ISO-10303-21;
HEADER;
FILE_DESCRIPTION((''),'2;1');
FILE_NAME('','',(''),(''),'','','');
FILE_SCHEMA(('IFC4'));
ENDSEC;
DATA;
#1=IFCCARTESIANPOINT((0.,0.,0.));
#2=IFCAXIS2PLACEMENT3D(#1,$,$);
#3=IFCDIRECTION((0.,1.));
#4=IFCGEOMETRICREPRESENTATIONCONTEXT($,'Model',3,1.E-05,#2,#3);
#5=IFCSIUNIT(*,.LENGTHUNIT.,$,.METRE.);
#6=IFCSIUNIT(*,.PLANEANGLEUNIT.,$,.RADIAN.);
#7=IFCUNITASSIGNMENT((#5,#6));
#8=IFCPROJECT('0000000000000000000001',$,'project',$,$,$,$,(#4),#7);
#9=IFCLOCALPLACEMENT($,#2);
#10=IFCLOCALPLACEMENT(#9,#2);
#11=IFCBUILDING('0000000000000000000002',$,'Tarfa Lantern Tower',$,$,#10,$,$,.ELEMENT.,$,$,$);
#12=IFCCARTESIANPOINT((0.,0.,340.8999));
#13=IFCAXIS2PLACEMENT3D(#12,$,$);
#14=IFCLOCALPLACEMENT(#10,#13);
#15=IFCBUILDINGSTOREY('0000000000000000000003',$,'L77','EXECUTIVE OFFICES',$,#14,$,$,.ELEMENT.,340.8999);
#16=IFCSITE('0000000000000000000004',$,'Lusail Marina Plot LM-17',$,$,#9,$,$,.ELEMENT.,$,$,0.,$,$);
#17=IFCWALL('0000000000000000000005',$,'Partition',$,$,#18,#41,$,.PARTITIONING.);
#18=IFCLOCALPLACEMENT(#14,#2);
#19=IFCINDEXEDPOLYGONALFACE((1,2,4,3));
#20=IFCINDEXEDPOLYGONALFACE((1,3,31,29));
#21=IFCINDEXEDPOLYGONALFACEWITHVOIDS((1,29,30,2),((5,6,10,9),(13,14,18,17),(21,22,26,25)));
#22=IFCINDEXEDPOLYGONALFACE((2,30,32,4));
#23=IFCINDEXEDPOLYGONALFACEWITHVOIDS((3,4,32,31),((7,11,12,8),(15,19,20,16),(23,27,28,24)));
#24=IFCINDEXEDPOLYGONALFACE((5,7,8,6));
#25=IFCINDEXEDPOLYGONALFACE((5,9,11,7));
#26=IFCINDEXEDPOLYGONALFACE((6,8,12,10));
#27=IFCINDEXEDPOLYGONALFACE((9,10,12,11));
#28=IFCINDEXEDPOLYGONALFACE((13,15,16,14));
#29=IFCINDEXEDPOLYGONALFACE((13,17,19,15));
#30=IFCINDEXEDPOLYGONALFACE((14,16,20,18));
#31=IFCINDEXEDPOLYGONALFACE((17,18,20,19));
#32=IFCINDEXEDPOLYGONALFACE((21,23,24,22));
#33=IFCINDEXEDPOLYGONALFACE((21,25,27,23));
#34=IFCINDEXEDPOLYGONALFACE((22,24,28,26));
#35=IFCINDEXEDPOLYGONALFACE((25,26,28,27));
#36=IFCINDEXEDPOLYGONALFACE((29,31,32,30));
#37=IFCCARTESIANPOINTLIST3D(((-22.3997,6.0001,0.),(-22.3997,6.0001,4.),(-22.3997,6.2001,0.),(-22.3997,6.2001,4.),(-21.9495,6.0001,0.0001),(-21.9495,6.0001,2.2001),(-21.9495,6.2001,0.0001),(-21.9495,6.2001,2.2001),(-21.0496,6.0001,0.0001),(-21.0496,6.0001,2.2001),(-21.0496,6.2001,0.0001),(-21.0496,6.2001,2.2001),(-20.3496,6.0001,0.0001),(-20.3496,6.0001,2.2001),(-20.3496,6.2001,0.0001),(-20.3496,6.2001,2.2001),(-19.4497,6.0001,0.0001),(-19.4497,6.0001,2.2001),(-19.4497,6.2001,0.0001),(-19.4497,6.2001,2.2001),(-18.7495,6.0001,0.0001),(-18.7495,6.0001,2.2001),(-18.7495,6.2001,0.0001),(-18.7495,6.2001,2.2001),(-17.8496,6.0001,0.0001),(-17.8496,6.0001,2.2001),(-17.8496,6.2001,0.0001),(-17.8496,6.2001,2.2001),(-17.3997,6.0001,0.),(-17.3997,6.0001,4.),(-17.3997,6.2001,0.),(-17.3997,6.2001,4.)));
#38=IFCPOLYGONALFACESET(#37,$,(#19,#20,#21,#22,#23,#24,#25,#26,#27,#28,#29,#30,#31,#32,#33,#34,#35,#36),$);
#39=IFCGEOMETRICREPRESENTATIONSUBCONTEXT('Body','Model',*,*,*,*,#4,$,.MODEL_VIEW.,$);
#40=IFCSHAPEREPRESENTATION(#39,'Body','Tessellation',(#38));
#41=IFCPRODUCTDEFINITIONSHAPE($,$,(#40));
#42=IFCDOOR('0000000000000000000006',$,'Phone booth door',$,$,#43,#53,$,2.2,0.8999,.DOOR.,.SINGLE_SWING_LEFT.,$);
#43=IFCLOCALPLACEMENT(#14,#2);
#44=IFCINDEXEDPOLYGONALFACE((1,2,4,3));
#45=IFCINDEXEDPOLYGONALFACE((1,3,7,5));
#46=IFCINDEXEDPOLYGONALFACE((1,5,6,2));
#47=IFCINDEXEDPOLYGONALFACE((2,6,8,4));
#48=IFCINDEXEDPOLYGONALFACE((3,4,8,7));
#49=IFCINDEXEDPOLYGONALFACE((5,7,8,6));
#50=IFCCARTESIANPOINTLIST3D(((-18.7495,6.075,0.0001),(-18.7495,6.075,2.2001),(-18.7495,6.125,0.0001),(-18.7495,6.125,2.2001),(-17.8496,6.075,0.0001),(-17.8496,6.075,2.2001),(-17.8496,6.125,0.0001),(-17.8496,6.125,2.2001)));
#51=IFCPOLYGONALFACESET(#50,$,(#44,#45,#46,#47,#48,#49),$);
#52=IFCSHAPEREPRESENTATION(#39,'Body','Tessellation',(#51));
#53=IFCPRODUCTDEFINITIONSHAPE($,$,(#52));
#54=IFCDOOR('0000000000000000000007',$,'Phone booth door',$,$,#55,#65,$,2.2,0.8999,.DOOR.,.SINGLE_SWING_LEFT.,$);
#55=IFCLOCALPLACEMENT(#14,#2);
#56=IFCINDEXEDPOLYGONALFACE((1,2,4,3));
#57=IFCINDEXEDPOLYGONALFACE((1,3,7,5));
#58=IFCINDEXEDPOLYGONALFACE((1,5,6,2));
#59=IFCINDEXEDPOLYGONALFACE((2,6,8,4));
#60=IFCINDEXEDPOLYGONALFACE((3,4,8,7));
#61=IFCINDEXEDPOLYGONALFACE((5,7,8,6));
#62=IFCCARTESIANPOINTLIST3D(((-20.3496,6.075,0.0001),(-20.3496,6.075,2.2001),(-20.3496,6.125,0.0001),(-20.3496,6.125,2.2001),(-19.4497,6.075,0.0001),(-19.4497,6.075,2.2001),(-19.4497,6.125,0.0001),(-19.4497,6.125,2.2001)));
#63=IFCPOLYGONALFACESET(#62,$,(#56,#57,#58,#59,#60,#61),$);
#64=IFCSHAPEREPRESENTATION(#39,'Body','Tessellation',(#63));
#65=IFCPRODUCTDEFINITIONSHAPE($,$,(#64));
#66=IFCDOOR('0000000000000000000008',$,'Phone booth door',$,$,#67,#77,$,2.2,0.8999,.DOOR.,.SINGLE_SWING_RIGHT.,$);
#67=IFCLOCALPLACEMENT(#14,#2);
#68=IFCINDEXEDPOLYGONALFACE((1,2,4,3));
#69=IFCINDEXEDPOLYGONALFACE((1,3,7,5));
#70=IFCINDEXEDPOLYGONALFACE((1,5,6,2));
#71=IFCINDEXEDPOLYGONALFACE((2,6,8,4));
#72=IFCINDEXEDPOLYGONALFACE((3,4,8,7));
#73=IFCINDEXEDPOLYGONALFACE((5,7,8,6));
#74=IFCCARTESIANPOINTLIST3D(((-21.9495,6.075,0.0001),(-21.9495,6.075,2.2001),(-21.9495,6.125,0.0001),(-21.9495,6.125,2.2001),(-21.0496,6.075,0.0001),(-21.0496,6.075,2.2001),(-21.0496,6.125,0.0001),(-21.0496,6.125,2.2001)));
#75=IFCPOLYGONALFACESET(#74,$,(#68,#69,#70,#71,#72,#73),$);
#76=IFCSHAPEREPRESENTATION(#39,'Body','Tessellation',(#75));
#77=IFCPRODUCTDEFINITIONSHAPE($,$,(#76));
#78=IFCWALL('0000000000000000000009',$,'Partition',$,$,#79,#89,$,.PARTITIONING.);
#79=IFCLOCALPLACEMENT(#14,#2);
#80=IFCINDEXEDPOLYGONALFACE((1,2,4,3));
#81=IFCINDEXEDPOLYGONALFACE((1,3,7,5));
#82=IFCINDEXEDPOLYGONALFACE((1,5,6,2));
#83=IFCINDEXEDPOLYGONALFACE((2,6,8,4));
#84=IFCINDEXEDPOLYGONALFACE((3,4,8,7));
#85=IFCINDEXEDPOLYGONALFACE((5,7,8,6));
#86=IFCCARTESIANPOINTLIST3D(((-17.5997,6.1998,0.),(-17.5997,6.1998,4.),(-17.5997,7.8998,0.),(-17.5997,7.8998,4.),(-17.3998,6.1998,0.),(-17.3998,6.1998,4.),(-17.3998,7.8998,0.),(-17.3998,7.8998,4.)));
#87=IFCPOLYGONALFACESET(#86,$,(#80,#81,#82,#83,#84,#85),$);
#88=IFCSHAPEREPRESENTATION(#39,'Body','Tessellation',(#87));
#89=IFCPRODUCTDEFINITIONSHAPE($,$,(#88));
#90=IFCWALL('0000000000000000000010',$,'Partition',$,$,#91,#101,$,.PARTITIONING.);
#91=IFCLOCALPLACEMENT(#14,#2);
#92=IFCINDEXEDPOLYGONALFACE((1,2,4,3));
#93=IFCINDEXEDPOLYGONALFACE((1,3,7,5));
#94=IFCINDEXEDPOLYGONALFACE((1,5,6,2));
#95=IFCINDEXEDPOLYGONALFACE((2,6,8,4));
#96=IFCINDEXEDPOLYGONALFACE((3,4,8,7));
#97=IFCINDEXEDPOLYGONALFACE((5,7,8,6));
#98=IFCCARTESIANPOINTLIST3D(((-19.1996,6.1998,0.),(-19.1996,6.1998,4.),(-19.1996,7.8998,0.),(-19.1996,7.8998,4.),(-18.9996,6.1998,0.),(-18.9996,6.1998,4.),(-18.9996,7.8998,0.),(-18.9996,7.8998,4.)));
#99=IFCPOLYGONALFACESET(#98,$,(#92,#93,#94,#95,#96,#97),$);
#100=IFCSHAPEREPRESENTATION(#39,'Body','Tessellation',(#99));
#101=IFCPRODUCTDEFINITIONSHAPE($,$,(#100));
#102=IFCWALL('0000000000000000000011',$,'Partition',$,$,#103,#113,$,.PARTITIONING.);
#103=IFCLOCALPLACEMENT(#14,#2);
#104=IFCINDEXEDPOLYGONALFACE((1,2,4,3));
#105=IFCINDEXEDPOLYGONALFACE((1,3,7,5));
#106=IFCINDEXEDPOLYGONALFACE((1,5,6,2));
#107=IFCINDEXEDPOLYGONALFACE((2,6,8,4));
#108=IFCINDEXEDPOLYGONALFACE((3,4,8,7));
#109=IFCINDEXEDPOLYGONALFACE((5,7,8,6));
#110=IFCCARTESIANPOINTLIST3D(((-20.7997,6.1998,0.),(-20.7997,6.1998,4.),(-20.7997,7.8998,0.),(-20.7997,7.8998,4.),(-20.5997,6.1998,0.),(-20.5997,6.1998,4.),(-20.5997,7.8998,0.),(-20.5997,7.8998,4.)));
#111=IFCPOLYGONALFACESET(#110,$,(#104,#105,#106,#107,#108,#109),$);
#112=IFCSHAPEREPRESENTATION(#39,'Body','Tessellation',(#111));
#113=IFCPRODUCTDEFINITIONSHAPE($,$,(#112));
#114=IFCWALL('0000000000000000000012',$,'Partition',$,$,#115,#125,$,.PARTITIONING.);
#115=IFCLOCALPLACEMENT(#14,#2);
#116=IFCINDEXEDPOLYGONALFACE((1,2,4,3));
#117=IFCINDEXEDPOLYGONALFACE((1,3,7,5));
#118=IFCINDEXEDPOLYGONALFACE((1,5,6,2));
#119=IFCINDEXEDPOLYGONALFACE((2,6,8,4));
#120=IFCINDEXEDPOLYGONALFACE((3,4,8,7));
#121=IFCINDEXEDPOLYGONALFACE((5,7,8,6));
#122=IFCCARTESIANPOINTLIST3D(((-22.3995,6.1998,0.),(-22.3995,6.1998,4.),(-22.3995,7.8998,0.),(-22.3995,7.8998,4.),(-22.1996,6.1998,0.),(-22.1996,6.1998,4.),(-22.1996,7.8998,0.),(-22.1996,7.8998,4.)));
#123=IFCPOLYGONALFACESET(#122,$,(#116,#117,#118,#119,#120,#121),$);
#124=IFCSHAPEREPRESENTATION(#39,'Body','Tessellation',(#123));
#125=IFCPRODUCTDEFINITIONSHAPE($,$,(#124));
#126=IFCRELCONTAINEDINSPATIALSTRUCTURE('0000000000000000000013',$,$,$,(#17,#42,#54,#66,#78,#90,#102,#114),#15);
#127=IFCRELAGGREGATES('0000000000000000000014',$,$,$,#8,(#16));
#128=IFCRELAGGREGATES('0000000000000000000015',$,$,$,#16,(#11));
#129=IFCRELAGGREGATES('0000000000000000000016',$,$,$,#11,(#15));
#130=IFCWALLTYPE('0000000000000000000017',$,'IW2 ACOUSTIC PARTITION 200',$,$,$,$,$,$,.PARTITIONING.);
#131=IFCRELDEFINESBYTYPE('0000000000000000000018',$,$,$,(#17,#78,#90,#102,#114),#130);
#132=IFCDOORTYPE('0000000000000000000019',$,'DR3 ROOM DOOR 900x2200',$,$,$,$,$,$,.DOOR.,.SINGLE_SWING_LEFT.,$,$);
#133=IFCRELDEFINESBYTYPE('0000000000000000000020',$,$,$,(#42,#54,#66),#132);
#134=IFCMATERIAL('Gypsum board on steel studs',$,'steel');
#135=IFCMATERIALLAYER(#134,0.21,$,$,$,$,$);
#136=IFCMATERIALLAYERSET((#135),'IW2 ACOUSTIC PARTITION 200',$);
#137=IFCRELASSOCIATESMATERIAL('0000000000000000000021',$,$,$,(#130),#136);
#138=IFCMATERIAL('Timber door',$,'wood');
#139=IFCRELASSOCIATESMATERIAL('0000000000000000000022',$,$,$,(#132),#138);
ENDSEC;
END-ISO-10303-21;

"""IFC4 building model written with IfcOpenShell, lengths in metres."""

from ifc_helpers import new_model, si_unit, direction, frame, frame_2d, origin, place, context, subcontext, project, spatial, rectangle, extrude, material, layer, layer_set, type_object, element, fill, save


model = new_model("IFC4")

# Units and contexts
model_context = context("Model", 3, precision=1e-05, world=origin(), true_north=direction((0.0, 1.0)))
body_context = subcontext(model_context, "Body", "Model", "MODEL_VIEW")
ifc_project = project(units=[si_unit("LENGTHUNIT", "METRE"), si_unit("PLANEANGLEUNIT", "RADIAN")], contexts=[model_context])

# Site, building, storey
site_placement = place(None, origin())
site = spatial("IfcSite", under=ifc_project, at=site_placement, Name="Lusail Marina Plot LM-17", CompositionType="ELEMENT", RefElevation=0.0)
building_placement = place(site_placement, origin())
building = spatial("IfcBuilding", under=site, at=building_placement, Name="Tarfa Lantern Tower", CompositionType="ELEMENT")
storey_placement = place(building_placement, frame((0.0, 0.0, 340.8999)))
storey = spatial("IfcBuildingStorey", under=building, at=storey_placement, Name="L77", Description="EXECUTIVE OFFICES", CompositionType="ELEMENT", Elevation=340.8999)

# Wall, openings, doors
ifc_material_1 = material(Name="Gypsum board on steel studs", Category="steel")
ifc_layer_1 = layer(ifc_material_1, 0.21)
ifc_layer_set_1 = layer_set([ifc_layer_1], Name="IW2 ACOUSTIC PARTITION 200")
wall_type = type_object("IfcWallType", Name="IW2 ACOUSTIC PARTITION 200", PredefinedType="PARTITIONING", material=ifc_layer_set_1)
wall_placement = place(storey_placement, frame((-17.3997, 6.1001, 0.0), z_axis=(0.0, 0.0, 1.0), x_axis=(-1.0, 0.0, 0.0)))
wall = element("IfcWall", 1, at=wall_placement, inside=storey, type_object=wall_type, Name="Partition", PredefinedType="PARTITIONING", context=body_context, shape_type="SweptSolid", body=[
    extrude(rectangle(XDim=5.0, YDim=0.2, at=frame_2d((2.5, 0.0))), origin(), (0.0, 0.0, 1.0), 4.0),
])
opening_1_placement = place(wall_placement, frame((0.45, 0.0, 0.0)))
opening_1 = element("IfcOpeningElement", 2, at=opening_1_placement, cuts=wall, PredefinedType="OPENING", context=body_context, shape_type="SweptSolid", body=[
    extrude(rectangle(XDim=0.8999, YDim=2.2, at=frame_2d((0.45, 1.1001))), frame((0.0, 0.1099, 0.0), z_axis=(0.0, -1.0, 0.0), x_axis=(1.0, 0.0, 0.0)), (0.0, 0.0, 1.0), 0.22),
])
opening_2_placement = place(wall_placement, frame((2.05, 0.0, 0.0)))
opening_2 = element("IfcOpeningElement", 3, at=opening_2_placement, cuts=wall, PredefinedType="OPENING", context=body_context, shape_type="SweptSolid", body=[
    extrude(rectangle(XDim=0.8999, YDim=2.2, at=frame_2d((0.45, 1.1001))), frame((0.0, 0.1099, 0.0), z_axis=(0.0, -1.0, 0.0), x_axis=(1.0, 0.0, 0.0)), (0.0, 0.0, 1.0), 0.22),
])
opening_3_placement = place(wall_placement, frame((3.6499, 0.0, 0.0)))
opening_3 = element("IfcOpeningElement", 4, at=opening_3_placement, cuts=wall, PredefinedType="OPENING", context=body_context, shape_type="SweptSolid", body=[
    extrude(rectangle(XDim=0.8999, YDim=2.2, at=frame_2d((0.45, 1.1001))), frame((0.0, 0.1099, 0.0), z_axis=(0.0, -1.0, 0.0), x_axis=(1.0, 0.0, 0.0)), (0.0, 0.0, 1.0), 0.22),
])
ifc_material_2 = material(Name="Timber door", Category="wood")
door_type = type_object("IfcDoorType", Name="DR3 ROOM DOOR 900x2200", OperationType="SINGLE_SWING_LEFT", PredefinedType="DOOR", material=ifc_material_2)
door_1_placement = place(opening_1_placement, frame((0.8999, 0.0, 0.0), z_axis=(0.0, 0.0, 1.0), x_axis=(-1.0, 0.0, 0.0)))
door_1 = element("IfcDoor", 5, at=door_1_placement, inside=storey, type_object=door_type, Name="Phone booth door", OperationType="SINGLE_SWING_LEFT", OverallHeight=2.2, OverallWidth=0.8999, PredefinedType="DOOR", context=body_context, shape_type="SweptSolid", body=[
    extrude(rectangle(XDim=0.8999, YDim=2.2, at=frame_2d((0.45, 1.1001))), frame((0.0, 0.0249, 0.0), z_axis=(0.0, -1.0, 0.0), x_axis=(1.0, 0.0, 0.0)), (0.0, 0.0, 1.0), 0.05),
])
fill(opening_1, door_1)
door_2_placement = place(opening_2_placement, frame((0.8999, 0.0, 0.0), z_axis=(0.0, 0.0, 1.0), x_axis=(-1.0, 0.0, 0.0)))
door_2 = element("IfcDoor", 6, at=door_2_placement, inside=storey, type_object=door_type, Name="Phone booth door", OperationType="SINGLE_SWING_LEFT", OverallHeight=2.2, OverallWidth=0.8999, PredefinedType="DOOR", context=body_context, shape_type="SweptSolid", body=[
    extrude(rectangle(XDim=0.8999, YDim=2.2, at=frame_2d((0.45, 1.1001))), frame((0.0, 0.0249, 0.0), z_axis=(0.0, -1.0, 0.0), x_axis=(1.0, 0.0, 0.0)), (0.0, 0.0, 1.0), 0.05),
])
fill(opening_2, door_2)
door_3_placement = place(opening_3_placement, frame((0.8999, 0.0, 0.0), z_axis=(0.0, 0.0, 1.0), x_axis=(-1.0, 0.0, 0.0)))
door_3 = element("IfcDoor", 7, at=door_3_placement, inside=storey, type_object=door_type, Name="Phone booth door", OperationType="SINGLE_SWING_RIGHT", OverallHeight=2.2, OverallWidth=0.8999, PredefinedType="DOOR", context=body_context, shape_type="SweptSolid", body=[
    extrude(rectangle(XDim=0.8999, YDim=2.2, at=frame_2d((0.45, 1.1001))), frame((0.0, 0.0249, 0.0), z_axis=(0.0, -1.0, 0.0), x_axis=(1.0, 0.0, 0.0)), (0.0, 0.0, 1.0), 0.05),
])
fill(opening_3, door_3)

# Walls
for number, where, z_axis, x_axis, name in (
    (8, (-17.4998, 7.8999, 0.0), (0.0, 0.0, 1.0), (0.0, -1.0, 0.0), "Partition"),
    (9, (-19.0996, 7.8999, 0.0), (0.0, 0.0, 1.0), (0.0, -1.0, 0.0), "Partition"),
    (10, (-20.6997, 7.8999, 0.0), (0.0, 0.0, 1.0), (0.0, -1.0, 0.0), "Partition"),
    (11, (-22.2996, 7.8999, 0.0), (0.0, 0.0, 1.0), (0.0, -1.0, 0.0), "Partition"),
):
    element("IfcWall", number, at=place(storey_placement, frame(where, z_axis=z_axis, x_axis=x_axis)), inside=storey, type_object=wall_type, Name=name, PredefinedType="PARTITIONING", context=body_context, shape_type="SweptSolid", body=[
        extrude(rectangle(XDim=1.7, YDim=0.2, at=frame_2d((0.8501, 0.0))), origin(), (0.0, 0.0, 1.0), 4.0),
    ])

save(model, "model.ifc")
